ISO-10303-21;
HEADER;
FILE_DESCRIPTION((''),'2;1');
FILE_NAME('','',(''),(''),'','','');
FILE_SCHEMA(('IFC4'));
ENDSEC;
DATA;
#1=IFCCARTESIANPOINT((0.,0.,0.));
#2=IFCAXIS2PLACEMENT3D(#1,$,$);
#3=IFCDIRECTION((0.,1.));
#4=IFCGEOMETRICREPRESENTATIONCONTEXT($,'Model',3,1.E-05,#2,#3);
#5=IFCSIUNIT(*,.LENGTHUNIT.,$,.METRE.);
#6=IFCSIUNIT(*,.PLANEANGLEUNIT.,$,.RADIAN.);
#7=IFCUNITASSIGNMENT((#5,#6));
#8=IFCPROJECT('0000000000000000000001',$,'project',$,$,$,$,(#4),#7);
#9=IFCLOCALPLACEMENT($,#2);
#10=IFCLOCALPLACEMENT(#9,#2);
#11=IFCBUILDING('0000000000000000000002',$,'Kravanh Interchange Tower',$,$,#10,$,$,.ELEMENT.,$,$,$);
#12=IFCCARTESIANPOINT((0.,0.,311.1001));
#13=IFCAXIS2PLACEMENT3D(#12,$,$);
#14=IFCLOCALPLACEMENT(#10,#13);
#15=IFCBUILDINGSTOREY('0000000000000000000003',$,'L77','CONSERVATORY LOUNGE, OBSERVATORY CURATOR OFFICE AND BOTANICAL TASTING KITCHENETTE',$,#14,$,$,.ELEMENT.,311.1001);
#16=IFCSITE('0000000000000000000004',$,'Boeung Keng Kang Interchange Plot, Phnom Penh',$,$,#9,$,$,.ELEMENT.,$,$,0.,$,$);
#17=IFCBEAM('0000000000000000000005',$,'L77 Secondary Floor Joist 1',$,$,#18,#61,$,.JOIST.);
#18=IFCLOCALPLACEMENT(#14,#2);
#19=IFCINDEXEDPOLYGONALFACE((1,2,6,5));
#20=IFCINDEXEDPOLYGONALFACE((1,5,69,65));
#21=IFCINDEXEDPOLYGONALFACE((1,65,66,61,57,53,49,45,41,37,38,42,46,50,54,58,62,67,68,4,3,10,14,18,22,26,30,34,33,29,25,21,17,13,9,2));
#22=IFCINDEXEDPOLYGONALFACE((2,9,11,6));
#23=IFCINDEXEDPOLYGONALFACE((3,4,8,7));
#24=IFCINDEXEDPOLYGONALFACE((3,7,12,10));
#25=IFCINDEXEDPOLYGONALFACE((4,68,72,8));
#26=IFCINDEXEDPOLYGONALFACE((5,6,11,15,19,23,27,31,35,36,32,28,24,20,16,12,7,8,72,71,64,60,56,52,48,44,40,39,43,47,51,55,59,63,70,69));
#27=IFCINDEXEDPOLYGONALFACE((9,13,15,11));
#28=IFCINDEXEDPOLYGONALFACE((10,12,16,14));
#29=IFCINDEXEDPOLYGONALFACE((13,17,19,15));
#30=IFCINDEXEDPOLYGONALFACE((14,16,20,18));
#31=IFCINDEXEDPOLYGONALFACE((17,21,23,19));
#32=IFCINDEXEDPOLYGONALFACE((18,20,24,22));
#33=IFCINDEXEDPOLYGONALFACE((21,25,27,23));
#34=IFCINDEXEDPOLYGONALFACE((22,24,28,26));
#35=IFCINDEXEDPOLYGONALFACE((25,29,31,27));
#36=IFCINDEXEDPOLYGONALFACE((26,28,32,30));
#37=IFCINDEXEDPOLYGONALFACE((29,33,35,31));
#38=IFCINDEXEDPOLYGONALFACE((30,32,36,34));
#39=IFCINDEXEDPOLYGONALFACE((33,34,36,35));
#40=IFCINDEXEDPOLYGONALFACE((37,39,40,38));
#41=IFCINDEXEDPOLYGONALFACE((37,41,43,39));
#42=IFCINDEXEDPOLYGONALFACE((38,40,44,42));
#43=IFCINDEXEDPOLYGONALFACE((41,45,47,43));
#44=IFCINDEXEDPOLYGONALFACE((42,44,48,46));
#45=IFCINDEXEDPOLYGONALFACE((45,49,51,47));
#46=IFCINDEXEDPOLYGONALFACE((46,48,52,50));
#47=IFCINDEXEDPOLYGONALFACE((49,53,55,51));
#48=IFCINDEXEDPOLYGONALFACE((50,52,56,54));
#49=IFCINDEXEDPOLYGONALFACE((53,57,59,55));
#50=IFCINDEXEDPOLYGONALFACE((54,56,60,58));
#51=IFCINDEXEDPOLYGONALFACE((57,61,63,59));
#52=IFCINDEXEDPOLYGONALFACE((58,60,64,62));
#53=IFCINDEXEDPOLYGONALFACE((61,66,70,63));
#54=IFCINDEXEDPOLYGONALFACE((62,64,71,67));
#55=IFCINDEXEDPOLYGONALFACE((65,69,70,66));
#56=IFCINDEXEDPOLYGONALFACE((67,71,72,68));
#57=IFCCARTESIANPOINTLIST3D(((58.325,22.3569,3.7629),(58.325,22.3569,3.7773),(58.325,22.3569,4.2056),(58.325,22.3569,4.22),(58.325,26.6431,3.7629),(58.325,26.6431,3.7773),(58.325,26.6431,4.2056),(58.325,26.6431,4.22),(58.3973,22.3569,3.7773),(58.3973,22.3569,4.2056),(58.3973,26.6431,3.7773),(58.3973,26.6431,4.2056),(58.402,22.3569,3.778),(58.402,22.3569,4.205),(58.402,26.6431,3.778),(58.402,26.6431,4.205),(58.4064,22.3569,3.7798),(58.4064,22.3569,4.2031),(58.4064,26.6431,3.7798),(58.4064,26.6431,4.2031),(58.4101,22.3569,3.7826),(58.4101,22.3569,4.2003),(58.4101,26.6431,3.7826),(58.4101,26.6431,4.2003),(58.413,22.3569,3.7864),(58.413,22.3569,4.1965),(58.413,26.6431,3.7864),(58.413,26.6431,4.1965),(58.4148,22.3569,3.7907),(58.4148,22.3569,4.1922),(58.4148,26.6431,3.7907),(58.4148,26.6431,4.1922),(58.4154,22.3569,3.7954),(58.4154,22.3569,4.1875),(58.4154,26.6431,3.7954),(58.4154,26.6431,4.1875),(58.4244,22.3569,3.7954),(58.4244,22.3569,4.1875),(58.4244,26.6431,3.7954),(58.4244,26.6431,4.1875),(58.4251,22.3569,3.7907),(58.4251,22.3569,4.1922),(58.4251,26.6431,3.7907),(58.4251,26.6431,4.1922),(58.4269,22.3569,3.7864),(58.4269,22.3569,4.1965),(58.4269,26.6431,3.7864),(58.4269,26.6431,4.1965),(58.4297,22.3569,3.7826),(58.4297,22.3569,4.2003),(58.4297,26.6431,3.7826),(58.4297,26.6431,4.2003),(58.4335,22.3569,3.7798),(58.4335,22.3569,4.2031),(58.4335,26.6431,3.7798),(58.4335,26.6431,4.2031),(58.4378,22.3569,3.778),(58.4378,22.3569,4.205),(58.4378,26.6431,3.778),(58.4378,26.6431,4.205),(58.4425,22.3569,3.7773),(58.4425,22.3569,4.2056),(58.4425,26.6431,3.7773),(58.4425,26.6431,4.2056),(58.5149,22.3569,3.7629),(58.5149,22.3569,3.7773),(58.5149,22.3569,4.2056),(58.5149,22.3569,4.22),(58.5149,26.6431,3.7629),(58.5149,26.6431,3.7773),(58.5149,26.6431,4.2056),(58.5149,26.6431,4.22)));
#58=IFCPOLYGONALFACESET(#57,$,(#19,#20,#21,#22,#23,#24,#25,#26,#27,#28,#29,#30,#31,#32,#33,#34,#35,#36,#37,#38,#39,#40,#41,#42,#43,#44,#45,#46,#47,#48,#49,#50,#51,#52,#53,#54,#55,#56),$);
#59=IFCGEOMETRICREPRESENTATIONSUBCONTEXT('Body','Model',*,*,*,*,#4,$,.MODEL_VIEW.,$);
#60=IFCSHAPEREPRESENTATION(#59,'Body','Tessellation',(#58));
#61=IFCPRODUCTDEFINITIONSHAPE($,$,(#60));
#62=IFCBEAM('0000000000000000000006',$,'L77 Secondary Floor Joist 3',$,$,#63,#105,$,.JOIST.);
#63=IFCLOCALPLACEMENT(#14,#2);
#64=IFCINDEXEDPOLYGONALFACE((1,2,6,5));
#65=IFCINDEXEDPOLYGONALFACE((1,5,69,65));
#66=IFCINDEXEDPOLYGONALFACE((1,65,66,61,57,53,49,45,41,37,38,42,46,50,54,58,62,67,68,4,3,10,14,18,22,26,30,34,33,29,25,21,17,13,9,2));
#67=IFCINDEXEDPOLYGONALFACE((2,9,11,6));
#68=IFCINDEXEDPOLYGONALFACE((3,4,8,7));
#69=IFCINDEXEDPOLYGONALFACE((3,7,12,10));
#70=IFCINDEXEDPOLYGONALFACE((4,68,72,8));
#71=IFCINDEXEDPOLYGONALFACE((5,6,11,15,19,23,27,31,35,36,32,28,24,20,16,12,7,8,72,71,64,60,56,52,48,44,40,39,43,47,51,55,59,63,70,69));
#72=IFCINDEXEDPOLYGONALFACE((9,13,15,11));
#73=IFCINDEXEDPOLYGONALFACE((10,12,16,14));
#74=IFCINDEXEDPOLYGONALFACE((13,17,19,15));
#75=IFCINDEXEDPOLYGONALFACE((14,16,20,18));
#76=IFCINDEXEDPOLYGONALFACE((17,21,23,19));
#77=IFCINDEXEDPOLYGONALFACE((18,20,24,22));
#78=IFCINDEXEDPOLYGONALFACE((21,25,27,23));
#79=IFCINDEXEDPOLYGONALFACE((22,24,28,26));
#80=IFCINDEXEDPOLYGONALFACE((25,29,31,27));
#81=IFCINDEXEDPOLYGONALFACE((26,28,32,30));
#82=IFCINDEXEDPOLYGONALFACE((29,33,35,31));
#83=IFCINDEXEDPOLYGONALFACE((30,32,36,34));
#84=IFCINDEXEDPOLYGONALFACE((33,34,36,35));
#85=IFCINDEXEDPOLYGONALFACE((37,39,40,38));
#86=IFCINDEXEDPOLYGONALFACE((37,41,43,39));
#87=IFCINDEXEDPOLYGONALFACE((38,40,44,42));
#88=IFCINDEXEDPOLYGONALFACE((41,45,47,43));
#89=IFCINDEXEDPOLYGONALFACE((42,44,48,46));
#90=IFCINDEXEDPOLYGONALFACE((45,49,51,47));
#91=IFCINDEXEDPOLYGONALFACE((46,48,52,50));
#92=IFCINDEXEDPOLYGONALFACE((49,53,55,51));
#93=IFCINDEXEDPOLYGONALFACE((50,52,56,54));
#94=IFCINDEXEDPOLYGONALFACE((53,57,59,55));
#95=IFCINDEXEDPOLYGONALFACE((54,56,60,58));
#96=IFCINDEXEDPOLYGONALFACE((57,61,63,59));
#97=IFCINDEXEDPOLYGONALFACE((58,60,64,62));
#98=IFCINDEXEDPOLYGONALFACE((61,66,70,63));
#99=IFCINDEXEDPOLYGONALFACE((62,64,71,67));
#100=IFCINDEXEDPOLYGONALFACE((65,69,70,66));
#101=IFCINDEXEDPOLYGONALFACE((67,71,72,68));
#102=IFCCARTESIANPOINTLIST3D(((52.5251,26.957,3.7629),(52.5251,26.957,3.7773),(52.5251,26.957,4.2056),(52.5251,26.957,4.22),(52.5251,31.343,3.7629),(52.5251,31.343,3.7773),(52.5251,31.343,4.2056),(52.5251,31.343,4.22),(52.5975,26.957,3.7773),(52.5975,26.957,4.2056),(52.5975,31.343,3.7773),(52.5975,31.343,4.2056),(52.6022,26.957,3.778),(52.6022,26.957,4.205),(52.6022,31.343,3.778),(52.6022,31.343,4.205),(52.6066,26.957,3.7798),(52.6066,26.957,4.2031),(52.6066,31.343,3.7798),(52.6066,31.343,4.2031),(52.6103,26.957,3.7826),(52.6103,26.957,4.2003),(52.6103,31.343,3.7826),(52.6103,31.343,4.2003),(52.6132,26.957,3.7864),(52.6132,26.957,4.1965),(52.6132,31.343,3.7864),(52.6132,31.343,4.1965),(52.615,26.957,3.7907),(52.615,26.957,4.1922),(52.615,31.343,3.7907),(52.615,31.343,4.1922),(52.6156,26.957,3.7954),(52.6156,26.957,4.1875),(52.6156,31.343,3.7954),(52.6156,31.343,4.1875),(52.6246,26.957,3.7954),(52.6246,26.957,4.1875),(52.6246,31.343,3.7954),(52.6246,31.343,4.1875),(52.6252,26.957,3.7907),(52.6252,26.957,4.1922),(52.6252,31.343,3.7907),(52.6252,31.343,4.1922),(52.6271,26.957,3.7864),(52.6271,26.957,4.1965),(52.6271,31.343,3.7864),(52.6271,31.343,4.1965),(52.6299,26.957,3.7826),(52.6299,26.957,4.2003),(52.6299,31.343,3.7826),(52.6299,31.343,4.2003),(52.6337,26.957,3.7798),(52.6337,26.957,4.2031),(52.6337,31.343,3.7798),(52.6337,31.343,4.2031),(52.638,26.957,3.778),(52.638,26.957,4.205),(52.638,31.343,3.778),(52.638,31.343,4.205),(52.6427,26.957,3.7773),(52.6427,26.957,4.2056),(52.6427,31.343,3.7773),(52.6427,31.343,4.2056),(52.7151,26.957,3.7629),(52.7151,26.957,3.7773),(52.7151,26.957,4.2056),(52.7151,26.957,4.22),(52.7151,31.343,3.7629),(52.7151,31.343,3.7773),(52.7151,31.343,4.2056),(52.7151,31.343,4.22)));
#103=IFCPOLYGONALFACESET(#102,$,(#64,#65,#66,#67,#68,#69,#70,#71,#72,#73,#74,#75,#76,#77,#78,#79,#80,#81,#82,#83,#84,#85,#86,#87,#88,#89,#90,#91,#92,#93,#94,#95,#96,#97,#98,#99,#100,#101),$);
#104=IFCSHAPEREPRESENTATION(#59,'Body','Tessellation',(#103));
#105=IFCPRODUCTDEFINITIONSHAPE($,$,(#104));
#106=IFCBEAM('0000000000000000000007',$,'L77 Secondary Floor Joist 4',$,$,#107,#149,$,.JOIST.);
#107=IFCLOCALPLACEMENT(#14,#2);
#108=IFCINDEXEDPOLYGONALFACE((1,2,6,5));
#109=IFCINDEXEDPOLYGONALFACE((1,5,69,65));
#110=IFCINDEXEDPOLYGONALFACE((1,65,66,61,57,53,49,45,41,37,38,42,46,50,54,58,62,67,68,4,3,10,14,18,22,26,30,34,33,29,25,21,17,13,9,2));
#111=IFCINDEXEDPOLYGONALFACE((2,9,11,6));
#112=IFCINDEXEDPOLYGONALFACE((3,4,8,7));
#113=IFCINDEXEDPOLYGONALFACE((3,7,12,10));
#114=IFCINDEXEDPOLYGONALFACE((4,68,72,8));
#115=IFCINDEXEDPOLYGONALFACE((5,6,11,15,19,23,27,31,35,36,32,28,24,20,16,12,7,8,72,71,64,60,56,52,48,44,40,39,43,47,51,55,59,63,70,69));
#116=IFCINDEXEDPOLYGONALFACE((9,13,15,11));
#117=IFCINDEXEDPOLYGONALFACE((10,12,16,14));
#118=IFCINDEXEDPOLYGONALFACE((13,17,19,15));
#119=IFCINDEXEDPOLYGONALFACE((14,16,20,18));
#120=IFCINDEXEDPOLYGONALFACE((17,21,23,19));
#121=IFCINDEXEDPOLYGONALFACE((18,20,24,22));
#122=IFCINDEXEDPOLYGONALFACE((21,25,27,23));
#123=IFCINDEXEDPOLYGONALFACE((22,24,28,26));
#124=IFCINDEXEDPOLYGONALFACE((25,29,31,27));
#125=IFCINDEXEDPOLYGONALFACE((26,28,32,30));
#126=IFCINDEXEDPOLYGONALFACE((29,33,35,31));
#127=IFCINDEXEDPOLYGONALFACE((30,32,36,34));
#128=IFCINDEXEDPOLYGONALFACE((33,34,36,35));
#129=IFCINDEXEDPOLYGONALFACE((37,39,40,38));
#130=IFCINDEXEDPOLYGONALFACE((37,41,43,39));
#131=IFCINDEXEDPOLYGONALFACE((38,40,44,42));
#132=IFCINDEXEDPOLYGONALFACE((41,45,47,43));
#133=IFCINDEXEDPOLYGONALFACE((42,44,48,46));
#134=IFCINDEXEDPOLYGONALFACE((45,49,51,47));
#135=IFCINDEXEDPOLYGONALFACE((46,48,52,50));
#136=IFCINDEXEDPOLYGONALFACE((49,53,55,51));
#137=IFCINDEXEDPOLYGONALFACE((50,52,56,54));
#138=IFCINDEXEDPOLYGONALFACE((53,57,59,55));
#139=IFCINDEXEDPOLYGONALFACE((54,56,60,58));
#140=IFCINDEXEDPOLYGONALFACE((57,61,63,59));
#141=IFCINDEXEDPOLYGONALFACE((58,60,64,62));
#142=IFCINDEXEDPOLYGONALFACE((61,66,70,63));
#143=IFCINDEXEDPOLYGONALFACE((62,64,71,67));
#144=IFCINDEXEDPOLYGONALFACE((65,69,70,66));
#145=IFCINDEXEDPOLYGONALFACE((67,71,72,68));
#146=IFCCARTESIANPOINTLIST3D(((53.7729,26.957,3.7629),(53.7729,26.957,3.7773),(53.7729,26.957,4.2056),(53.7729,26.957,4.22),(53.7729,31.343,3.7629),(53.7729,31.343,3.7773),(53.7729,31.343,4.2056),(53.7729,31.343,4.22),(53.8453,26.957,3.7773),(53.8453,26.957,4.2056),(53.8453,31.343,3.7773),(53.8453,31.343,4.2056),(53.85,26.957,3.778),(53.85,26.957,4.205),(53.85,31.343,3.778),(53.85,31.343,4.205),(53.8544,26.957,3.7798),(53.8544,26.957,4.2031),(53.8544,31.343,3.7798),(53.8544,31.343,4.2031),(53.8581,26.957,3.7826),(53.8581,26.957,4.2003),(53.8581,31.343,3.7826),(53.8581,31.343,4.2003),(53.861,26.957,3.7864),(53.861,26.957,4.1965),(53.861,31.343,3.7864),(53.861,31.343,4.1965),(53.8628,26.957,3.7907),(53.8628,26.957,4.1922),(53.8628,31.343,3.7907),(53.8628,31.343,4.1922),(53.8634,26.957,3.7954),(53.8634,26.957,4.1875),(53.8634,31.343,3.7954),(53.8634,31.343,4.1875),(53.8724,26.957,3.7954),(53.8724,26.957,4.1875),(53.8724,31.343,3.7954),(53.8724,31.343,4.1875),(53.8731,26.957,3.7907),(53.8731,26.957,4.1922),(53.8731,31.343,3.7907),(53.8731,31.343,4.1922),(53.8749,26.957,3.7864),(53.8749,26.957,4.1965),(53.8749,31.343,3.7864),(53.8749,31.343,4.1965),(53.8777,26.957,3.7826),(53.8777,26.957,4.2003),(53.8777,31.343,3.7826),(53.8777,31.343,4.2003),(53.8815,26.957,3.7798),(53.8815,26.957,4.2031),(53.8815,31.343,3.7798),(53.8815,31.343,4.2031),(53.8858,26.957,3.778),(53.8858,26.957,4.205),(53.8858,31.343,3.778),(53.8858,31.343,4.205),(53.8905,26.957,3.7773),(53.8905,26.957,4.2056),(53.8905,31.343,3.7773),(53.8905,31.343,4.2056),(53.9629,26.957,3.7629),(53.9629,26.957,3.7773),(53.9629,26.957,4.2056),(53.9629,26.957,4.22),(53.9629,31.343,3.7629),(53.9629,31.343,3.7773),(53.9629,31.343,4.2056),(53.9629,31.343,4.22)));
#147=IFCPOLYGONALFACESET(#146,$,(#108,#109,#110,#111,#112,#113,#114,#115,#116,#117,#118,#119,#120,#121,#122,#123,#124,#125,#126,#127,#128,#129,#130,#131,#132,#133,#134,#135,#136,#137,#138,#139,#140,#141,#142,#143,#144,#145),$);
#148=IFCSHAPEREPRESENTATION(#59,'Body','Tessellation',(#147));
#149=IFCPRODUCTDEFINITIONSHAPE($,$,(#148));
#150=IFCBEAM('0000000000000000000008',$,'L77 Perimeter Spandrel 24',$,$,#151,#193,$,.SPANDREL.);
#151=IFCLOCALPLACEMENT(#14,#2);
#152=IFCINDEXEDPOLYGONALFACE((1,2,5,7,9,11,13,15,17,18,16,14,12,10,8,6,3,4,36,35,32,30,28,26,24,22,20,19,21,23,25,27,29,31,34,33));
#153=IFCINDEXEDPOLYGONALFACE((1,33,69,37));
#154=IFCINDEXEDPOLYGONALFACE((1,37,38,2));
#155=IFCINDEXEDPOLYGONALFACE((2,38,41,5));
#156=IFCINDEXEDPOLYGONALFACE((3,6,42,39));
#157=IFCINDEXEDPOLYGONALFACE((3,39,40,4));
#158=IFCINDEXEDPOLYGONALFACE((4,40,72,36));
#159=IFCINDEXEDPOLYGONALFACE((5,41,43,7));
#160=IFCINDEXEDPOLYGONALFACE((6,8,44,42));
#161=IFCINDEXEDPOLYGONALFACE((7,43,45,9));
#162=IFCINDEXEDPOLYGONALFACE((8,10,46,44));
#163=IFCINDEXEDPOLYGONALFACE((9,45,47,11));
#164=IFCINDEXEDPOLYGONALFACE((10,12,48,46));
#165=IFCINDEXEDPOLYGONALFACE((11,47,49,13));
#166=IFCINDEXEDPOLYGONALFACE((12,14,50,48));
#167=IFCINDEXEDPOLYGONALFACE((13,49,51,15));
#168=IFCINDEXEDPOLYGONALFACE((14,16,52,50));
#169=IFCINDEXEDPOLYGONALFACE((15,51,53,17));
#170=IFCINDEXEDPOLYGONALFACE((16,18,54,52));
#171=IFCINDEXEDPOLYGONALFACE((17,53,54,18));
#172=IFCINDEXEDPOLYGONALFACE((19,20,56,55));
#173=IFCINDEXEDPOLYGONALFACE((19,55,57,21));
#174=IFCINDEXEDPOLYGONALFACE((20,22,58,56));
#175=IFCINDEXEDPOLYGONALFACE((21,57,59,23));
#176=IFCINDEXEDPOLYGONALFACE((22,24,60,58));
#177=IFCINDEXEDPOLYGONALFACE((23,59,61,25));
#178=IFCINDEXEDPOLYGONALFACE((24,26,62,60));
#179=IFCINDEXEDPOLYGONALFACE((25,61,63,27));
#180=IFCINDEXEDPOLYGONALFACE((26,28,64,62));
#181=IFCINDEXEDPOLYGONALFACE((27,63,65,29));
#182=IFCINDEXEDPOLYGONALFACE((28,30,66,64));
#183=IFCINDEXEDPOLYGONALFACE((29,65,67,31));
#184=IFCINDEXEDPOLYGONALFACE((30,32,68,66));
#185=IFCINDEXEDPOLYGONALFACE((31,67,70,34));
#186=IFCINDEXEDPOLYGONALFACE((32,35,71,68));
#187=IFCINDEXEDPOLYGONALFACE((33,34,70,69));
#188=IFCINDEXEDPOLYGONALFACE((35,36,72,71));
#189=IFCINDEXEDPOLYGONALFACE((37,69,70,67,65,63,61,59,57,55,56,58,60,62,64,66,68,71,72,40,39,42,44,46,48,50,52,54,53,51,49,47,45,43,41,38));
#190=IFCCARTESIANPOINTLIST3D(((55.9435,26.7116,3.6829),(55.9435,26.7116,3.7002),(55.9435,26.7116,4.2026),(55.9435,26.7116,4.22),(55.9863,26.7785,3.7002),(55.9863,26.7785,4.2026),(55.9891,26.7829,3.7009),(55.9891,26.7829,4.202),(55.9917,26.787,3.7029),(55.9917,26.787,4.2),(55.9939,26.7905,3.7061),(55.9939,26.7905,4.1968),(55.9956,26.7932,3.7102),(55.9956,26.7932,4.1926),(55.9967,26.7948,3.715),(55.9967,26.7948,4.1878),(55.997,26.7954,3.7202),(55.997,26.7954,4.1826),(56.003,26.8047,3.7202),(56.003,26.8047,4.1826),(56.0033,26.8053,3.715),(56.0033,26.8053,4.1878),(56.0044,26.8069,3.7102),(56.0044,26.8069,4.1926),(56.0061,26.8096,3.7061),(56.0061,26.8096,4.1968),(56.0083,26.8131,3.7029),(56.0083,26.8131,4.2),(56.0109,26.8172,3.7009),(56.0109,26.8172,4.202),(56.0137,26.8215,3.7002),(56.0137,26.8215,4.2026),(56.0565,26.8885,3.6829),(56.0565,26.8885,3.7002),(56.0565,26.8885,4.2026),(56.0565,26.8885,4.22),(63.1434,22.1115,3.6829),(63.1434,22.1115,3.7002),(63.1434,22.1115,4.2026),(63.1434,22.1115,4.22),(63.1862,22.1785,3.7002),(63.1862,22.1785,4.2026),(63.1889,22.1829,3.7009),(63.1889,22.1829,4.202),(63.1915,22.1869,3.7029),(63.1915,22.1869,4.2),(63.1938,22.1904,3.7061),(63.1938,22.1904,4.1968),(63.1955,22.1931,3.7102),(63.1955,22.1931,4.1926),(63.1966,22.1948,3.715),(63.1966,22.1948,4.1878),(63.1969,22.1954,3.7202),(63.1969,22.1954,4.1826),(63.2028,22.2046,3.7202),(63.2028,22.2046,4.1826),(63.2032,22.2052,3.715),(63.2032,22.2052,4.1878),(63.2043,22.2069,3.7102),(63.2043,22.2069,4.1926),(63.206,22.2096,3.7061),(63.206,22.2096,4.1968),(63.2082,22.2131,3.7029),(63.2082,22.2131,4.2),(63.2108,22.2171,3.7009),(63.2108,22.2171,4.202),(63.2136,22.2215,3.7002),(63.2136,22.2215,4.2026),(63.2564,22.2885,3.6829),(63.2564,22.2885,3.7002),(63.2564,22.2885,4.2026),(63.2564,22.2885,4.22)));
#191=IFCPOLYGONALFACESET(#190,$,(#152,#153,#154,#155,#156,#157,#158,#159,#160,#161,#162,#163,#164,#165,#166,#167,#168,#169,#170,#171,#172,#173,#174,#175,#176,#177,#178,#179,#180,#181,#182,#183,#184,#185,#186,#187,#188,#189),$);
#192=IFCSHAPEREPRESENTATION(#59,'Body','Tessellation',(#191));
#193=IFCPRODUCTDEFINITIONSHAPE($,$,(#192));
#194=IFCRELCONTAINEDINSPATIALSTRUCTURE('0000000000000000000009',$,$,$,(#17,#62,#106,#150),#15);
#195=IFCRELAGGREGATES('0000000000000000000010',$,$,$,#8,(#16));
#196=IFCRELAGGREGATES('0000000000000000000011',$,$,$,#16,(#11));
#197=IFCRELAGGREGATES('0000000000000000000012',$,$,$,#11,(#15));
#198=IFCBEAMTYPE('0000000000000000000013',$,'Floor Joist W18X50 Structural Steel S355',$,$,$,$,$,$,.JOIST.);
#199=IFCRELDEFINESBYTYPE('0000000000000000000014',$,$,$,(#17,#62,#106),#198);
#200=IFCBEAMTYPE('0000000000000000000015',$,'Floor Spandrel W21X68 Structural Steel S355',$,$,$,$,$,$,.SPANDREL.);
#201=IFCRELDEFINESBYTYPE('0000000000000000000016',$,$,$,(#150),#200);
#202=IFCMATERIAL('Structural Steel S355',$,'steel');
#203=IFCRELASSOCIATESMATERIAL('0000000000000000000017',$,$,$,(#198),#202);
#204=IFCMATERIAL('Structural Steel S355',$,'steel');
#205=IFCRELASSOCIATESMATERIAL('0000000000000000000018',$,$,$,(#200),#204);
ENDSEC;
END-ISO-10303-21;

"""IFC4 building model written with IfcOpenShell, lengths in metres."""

from ifc_helpers import new_model, si_unit, direction, frame, origin, origin_2d, place, context, subcontext, project, spatial, i_section, extrude, material, material_profile, profile_set, type_object, element, save


model = new_model("IFC4")

# Units and contexts
model_context = context("Model", 3, precision=1e-05, world=origin(), true_north=direction((0.0, 1.0)))
body_context = subcontext(model_context, "Body", "Model", "MODEL_VIEW")
ifc_project = project(units=[si_unit("LENGTHUNIT", "METRE"), si_unit("PLANEANGLEUNIT", "RADIAN")], contexts=[model_context])

# Site, building, storey
site_placement = place(None, origin())
site = spatial("IfcSite", under=ifc_project, at=site_placement, Name="Boeung Keng Kang Interchange Plot, Phnom Penh", CompositionType="ELEMENT", RefElevation=0.0)
building_placement = place(site_placement, origin())
building = spatial("IfcBuilding", under=site, at=building_placement, Name="Kravanh Interchange Tower", CompositionType="ELEMENT")
storey_placement = place(building_placement, frame((0.0, 0.0, 311.1001)))
storey = spatial("IfcBuildingStorey", under=building, at=storey_placement, Name="L77", Description="CONSERVATORY LOUNGE, OBSERVATORY CURATOR OFFICE AND BOTANICAL TASTING KITCHENETTE", CompositionType="ELEMENT", Elevation=311.1001)

# Beams
ifc_material_1 = material(Name="Structural Steel S355", Category="steel")
ifc_material_profile_1 = material_profile(ifc_material_1, i_section(OverallWidth=0.1899, OverallDepth=0.457, WebThickness=0.009, FlangeThickness=0.0144, FilletRadius=0.0181, at=origin_2d()), Name="W18X50")
ifc_profile_set_1 = profile_set([ifc_material_profile_1], Name="Structural Steel S355")
beam_type_1 = type_object("IfcBeamType", Name="Floor Joist W18X50 Structural Steel S355", PredefinedType="JOIST", material=ifc_profile_set_1)
beam_1_placement = place(storey_placement, frame((58.4199, 22.3569, 3.9915), z_axis=(0.0, 1.0, 0.0), x_axis=(-1.0, 0.0, 0.0)))
element("IfcBeam", 1, at=beam_1_placement, inside=storey, type_object=beam_type_1, Name="L77 Secondary Floor Joist 1", PredefinedType="JOIST", context=body_context, shape_type="SweptSolid", body=[
    extrude(i_section(OverallWidth=0.1899, OverallDepth=0.457, WebThickness=0.009, FlangeThickness=0.0144, FilletRadius=0.0181, at=origin_2d()), origin(), (0.0, 0.0, 1.0), 4.2861),
])
for number, where, z_axis, x_axis, name in (
    (2, (52.6201, 26.957, 3.9915), (0.0, 1.0, 0.0), (-1.0, 0.0, 0.0), "L77 Secondary Floor Joist 3"),
    (3, (53.8679, 26.957, 3.9915), (0.0, 1.0, 0.0), (-1.0, 0.0, 0.0), "L77 Secondary Floor Joist 4"),
):
    element("IfcBeam", number, at=place(storey_placement, frame(where, z_axis=z_axis, x_axis=x_axis)), inside=storey, type_object=beam_type_1, Name=name, PredefinedType="JOIST", context=body_context, shape_type="SweptSolid", body=[
        extrude(i_section(OverallWidth=0.1899, OverallDepth=0.457, WebThickness=0.009, FlangeThickness=0.0144, FilletRadius=0.0181, at=origin_2d()), origin(), (0.0, 0.0, 1.0), 4.386),
    ])
ifc_material_2 = material(Name="Structural Steel S355", Category="steel")
ifc_material_profile_2 = material_profile(ifc_material_2, i_section(OverallWidth=0.21, OverallDepth=0.5371, WebThickness=0.011, FlangeThickness=0.0173, FilletRadius=0.02, at=origin_2d()), Name="W21X68")
ifc_profile_set_2 = profile_set([ifc_material_profile_2], Name="Structural Steel S355")
beam_type_2 = type_object("IfcBeamType", Name="Floor Spandrel W21X68 Structural Steel S355", PredefinedType="SPANDREL", material=ifc_profile_set_2)
beam_2_placement = place(storey_placement, frame((56.0, 26.8, 3.9514), z_axis=(0.842689, -0.5384, 0.0), x_axis=(0.5384, 0.842689, 0.0)))
element("IfcBeam", 4, at=beam_2_placement, inside=storey, type_object=beam_type_2, Name="L77 Perimeter Spandrel 24", PredefinedType="SPANDREL", context=body_context, shape_type="SweptSolid", body=[
    extrude(i_section(OverallWidth=0.21, OverallDepth=0.5371, WebThickness=0.011, FlangeThickness=0.0173, FilletRadius=0.02, at=origin_2d()), origin(), (0.0, 0.0, 1.0), 8.5439),
])

save(model, "model.ifc")
